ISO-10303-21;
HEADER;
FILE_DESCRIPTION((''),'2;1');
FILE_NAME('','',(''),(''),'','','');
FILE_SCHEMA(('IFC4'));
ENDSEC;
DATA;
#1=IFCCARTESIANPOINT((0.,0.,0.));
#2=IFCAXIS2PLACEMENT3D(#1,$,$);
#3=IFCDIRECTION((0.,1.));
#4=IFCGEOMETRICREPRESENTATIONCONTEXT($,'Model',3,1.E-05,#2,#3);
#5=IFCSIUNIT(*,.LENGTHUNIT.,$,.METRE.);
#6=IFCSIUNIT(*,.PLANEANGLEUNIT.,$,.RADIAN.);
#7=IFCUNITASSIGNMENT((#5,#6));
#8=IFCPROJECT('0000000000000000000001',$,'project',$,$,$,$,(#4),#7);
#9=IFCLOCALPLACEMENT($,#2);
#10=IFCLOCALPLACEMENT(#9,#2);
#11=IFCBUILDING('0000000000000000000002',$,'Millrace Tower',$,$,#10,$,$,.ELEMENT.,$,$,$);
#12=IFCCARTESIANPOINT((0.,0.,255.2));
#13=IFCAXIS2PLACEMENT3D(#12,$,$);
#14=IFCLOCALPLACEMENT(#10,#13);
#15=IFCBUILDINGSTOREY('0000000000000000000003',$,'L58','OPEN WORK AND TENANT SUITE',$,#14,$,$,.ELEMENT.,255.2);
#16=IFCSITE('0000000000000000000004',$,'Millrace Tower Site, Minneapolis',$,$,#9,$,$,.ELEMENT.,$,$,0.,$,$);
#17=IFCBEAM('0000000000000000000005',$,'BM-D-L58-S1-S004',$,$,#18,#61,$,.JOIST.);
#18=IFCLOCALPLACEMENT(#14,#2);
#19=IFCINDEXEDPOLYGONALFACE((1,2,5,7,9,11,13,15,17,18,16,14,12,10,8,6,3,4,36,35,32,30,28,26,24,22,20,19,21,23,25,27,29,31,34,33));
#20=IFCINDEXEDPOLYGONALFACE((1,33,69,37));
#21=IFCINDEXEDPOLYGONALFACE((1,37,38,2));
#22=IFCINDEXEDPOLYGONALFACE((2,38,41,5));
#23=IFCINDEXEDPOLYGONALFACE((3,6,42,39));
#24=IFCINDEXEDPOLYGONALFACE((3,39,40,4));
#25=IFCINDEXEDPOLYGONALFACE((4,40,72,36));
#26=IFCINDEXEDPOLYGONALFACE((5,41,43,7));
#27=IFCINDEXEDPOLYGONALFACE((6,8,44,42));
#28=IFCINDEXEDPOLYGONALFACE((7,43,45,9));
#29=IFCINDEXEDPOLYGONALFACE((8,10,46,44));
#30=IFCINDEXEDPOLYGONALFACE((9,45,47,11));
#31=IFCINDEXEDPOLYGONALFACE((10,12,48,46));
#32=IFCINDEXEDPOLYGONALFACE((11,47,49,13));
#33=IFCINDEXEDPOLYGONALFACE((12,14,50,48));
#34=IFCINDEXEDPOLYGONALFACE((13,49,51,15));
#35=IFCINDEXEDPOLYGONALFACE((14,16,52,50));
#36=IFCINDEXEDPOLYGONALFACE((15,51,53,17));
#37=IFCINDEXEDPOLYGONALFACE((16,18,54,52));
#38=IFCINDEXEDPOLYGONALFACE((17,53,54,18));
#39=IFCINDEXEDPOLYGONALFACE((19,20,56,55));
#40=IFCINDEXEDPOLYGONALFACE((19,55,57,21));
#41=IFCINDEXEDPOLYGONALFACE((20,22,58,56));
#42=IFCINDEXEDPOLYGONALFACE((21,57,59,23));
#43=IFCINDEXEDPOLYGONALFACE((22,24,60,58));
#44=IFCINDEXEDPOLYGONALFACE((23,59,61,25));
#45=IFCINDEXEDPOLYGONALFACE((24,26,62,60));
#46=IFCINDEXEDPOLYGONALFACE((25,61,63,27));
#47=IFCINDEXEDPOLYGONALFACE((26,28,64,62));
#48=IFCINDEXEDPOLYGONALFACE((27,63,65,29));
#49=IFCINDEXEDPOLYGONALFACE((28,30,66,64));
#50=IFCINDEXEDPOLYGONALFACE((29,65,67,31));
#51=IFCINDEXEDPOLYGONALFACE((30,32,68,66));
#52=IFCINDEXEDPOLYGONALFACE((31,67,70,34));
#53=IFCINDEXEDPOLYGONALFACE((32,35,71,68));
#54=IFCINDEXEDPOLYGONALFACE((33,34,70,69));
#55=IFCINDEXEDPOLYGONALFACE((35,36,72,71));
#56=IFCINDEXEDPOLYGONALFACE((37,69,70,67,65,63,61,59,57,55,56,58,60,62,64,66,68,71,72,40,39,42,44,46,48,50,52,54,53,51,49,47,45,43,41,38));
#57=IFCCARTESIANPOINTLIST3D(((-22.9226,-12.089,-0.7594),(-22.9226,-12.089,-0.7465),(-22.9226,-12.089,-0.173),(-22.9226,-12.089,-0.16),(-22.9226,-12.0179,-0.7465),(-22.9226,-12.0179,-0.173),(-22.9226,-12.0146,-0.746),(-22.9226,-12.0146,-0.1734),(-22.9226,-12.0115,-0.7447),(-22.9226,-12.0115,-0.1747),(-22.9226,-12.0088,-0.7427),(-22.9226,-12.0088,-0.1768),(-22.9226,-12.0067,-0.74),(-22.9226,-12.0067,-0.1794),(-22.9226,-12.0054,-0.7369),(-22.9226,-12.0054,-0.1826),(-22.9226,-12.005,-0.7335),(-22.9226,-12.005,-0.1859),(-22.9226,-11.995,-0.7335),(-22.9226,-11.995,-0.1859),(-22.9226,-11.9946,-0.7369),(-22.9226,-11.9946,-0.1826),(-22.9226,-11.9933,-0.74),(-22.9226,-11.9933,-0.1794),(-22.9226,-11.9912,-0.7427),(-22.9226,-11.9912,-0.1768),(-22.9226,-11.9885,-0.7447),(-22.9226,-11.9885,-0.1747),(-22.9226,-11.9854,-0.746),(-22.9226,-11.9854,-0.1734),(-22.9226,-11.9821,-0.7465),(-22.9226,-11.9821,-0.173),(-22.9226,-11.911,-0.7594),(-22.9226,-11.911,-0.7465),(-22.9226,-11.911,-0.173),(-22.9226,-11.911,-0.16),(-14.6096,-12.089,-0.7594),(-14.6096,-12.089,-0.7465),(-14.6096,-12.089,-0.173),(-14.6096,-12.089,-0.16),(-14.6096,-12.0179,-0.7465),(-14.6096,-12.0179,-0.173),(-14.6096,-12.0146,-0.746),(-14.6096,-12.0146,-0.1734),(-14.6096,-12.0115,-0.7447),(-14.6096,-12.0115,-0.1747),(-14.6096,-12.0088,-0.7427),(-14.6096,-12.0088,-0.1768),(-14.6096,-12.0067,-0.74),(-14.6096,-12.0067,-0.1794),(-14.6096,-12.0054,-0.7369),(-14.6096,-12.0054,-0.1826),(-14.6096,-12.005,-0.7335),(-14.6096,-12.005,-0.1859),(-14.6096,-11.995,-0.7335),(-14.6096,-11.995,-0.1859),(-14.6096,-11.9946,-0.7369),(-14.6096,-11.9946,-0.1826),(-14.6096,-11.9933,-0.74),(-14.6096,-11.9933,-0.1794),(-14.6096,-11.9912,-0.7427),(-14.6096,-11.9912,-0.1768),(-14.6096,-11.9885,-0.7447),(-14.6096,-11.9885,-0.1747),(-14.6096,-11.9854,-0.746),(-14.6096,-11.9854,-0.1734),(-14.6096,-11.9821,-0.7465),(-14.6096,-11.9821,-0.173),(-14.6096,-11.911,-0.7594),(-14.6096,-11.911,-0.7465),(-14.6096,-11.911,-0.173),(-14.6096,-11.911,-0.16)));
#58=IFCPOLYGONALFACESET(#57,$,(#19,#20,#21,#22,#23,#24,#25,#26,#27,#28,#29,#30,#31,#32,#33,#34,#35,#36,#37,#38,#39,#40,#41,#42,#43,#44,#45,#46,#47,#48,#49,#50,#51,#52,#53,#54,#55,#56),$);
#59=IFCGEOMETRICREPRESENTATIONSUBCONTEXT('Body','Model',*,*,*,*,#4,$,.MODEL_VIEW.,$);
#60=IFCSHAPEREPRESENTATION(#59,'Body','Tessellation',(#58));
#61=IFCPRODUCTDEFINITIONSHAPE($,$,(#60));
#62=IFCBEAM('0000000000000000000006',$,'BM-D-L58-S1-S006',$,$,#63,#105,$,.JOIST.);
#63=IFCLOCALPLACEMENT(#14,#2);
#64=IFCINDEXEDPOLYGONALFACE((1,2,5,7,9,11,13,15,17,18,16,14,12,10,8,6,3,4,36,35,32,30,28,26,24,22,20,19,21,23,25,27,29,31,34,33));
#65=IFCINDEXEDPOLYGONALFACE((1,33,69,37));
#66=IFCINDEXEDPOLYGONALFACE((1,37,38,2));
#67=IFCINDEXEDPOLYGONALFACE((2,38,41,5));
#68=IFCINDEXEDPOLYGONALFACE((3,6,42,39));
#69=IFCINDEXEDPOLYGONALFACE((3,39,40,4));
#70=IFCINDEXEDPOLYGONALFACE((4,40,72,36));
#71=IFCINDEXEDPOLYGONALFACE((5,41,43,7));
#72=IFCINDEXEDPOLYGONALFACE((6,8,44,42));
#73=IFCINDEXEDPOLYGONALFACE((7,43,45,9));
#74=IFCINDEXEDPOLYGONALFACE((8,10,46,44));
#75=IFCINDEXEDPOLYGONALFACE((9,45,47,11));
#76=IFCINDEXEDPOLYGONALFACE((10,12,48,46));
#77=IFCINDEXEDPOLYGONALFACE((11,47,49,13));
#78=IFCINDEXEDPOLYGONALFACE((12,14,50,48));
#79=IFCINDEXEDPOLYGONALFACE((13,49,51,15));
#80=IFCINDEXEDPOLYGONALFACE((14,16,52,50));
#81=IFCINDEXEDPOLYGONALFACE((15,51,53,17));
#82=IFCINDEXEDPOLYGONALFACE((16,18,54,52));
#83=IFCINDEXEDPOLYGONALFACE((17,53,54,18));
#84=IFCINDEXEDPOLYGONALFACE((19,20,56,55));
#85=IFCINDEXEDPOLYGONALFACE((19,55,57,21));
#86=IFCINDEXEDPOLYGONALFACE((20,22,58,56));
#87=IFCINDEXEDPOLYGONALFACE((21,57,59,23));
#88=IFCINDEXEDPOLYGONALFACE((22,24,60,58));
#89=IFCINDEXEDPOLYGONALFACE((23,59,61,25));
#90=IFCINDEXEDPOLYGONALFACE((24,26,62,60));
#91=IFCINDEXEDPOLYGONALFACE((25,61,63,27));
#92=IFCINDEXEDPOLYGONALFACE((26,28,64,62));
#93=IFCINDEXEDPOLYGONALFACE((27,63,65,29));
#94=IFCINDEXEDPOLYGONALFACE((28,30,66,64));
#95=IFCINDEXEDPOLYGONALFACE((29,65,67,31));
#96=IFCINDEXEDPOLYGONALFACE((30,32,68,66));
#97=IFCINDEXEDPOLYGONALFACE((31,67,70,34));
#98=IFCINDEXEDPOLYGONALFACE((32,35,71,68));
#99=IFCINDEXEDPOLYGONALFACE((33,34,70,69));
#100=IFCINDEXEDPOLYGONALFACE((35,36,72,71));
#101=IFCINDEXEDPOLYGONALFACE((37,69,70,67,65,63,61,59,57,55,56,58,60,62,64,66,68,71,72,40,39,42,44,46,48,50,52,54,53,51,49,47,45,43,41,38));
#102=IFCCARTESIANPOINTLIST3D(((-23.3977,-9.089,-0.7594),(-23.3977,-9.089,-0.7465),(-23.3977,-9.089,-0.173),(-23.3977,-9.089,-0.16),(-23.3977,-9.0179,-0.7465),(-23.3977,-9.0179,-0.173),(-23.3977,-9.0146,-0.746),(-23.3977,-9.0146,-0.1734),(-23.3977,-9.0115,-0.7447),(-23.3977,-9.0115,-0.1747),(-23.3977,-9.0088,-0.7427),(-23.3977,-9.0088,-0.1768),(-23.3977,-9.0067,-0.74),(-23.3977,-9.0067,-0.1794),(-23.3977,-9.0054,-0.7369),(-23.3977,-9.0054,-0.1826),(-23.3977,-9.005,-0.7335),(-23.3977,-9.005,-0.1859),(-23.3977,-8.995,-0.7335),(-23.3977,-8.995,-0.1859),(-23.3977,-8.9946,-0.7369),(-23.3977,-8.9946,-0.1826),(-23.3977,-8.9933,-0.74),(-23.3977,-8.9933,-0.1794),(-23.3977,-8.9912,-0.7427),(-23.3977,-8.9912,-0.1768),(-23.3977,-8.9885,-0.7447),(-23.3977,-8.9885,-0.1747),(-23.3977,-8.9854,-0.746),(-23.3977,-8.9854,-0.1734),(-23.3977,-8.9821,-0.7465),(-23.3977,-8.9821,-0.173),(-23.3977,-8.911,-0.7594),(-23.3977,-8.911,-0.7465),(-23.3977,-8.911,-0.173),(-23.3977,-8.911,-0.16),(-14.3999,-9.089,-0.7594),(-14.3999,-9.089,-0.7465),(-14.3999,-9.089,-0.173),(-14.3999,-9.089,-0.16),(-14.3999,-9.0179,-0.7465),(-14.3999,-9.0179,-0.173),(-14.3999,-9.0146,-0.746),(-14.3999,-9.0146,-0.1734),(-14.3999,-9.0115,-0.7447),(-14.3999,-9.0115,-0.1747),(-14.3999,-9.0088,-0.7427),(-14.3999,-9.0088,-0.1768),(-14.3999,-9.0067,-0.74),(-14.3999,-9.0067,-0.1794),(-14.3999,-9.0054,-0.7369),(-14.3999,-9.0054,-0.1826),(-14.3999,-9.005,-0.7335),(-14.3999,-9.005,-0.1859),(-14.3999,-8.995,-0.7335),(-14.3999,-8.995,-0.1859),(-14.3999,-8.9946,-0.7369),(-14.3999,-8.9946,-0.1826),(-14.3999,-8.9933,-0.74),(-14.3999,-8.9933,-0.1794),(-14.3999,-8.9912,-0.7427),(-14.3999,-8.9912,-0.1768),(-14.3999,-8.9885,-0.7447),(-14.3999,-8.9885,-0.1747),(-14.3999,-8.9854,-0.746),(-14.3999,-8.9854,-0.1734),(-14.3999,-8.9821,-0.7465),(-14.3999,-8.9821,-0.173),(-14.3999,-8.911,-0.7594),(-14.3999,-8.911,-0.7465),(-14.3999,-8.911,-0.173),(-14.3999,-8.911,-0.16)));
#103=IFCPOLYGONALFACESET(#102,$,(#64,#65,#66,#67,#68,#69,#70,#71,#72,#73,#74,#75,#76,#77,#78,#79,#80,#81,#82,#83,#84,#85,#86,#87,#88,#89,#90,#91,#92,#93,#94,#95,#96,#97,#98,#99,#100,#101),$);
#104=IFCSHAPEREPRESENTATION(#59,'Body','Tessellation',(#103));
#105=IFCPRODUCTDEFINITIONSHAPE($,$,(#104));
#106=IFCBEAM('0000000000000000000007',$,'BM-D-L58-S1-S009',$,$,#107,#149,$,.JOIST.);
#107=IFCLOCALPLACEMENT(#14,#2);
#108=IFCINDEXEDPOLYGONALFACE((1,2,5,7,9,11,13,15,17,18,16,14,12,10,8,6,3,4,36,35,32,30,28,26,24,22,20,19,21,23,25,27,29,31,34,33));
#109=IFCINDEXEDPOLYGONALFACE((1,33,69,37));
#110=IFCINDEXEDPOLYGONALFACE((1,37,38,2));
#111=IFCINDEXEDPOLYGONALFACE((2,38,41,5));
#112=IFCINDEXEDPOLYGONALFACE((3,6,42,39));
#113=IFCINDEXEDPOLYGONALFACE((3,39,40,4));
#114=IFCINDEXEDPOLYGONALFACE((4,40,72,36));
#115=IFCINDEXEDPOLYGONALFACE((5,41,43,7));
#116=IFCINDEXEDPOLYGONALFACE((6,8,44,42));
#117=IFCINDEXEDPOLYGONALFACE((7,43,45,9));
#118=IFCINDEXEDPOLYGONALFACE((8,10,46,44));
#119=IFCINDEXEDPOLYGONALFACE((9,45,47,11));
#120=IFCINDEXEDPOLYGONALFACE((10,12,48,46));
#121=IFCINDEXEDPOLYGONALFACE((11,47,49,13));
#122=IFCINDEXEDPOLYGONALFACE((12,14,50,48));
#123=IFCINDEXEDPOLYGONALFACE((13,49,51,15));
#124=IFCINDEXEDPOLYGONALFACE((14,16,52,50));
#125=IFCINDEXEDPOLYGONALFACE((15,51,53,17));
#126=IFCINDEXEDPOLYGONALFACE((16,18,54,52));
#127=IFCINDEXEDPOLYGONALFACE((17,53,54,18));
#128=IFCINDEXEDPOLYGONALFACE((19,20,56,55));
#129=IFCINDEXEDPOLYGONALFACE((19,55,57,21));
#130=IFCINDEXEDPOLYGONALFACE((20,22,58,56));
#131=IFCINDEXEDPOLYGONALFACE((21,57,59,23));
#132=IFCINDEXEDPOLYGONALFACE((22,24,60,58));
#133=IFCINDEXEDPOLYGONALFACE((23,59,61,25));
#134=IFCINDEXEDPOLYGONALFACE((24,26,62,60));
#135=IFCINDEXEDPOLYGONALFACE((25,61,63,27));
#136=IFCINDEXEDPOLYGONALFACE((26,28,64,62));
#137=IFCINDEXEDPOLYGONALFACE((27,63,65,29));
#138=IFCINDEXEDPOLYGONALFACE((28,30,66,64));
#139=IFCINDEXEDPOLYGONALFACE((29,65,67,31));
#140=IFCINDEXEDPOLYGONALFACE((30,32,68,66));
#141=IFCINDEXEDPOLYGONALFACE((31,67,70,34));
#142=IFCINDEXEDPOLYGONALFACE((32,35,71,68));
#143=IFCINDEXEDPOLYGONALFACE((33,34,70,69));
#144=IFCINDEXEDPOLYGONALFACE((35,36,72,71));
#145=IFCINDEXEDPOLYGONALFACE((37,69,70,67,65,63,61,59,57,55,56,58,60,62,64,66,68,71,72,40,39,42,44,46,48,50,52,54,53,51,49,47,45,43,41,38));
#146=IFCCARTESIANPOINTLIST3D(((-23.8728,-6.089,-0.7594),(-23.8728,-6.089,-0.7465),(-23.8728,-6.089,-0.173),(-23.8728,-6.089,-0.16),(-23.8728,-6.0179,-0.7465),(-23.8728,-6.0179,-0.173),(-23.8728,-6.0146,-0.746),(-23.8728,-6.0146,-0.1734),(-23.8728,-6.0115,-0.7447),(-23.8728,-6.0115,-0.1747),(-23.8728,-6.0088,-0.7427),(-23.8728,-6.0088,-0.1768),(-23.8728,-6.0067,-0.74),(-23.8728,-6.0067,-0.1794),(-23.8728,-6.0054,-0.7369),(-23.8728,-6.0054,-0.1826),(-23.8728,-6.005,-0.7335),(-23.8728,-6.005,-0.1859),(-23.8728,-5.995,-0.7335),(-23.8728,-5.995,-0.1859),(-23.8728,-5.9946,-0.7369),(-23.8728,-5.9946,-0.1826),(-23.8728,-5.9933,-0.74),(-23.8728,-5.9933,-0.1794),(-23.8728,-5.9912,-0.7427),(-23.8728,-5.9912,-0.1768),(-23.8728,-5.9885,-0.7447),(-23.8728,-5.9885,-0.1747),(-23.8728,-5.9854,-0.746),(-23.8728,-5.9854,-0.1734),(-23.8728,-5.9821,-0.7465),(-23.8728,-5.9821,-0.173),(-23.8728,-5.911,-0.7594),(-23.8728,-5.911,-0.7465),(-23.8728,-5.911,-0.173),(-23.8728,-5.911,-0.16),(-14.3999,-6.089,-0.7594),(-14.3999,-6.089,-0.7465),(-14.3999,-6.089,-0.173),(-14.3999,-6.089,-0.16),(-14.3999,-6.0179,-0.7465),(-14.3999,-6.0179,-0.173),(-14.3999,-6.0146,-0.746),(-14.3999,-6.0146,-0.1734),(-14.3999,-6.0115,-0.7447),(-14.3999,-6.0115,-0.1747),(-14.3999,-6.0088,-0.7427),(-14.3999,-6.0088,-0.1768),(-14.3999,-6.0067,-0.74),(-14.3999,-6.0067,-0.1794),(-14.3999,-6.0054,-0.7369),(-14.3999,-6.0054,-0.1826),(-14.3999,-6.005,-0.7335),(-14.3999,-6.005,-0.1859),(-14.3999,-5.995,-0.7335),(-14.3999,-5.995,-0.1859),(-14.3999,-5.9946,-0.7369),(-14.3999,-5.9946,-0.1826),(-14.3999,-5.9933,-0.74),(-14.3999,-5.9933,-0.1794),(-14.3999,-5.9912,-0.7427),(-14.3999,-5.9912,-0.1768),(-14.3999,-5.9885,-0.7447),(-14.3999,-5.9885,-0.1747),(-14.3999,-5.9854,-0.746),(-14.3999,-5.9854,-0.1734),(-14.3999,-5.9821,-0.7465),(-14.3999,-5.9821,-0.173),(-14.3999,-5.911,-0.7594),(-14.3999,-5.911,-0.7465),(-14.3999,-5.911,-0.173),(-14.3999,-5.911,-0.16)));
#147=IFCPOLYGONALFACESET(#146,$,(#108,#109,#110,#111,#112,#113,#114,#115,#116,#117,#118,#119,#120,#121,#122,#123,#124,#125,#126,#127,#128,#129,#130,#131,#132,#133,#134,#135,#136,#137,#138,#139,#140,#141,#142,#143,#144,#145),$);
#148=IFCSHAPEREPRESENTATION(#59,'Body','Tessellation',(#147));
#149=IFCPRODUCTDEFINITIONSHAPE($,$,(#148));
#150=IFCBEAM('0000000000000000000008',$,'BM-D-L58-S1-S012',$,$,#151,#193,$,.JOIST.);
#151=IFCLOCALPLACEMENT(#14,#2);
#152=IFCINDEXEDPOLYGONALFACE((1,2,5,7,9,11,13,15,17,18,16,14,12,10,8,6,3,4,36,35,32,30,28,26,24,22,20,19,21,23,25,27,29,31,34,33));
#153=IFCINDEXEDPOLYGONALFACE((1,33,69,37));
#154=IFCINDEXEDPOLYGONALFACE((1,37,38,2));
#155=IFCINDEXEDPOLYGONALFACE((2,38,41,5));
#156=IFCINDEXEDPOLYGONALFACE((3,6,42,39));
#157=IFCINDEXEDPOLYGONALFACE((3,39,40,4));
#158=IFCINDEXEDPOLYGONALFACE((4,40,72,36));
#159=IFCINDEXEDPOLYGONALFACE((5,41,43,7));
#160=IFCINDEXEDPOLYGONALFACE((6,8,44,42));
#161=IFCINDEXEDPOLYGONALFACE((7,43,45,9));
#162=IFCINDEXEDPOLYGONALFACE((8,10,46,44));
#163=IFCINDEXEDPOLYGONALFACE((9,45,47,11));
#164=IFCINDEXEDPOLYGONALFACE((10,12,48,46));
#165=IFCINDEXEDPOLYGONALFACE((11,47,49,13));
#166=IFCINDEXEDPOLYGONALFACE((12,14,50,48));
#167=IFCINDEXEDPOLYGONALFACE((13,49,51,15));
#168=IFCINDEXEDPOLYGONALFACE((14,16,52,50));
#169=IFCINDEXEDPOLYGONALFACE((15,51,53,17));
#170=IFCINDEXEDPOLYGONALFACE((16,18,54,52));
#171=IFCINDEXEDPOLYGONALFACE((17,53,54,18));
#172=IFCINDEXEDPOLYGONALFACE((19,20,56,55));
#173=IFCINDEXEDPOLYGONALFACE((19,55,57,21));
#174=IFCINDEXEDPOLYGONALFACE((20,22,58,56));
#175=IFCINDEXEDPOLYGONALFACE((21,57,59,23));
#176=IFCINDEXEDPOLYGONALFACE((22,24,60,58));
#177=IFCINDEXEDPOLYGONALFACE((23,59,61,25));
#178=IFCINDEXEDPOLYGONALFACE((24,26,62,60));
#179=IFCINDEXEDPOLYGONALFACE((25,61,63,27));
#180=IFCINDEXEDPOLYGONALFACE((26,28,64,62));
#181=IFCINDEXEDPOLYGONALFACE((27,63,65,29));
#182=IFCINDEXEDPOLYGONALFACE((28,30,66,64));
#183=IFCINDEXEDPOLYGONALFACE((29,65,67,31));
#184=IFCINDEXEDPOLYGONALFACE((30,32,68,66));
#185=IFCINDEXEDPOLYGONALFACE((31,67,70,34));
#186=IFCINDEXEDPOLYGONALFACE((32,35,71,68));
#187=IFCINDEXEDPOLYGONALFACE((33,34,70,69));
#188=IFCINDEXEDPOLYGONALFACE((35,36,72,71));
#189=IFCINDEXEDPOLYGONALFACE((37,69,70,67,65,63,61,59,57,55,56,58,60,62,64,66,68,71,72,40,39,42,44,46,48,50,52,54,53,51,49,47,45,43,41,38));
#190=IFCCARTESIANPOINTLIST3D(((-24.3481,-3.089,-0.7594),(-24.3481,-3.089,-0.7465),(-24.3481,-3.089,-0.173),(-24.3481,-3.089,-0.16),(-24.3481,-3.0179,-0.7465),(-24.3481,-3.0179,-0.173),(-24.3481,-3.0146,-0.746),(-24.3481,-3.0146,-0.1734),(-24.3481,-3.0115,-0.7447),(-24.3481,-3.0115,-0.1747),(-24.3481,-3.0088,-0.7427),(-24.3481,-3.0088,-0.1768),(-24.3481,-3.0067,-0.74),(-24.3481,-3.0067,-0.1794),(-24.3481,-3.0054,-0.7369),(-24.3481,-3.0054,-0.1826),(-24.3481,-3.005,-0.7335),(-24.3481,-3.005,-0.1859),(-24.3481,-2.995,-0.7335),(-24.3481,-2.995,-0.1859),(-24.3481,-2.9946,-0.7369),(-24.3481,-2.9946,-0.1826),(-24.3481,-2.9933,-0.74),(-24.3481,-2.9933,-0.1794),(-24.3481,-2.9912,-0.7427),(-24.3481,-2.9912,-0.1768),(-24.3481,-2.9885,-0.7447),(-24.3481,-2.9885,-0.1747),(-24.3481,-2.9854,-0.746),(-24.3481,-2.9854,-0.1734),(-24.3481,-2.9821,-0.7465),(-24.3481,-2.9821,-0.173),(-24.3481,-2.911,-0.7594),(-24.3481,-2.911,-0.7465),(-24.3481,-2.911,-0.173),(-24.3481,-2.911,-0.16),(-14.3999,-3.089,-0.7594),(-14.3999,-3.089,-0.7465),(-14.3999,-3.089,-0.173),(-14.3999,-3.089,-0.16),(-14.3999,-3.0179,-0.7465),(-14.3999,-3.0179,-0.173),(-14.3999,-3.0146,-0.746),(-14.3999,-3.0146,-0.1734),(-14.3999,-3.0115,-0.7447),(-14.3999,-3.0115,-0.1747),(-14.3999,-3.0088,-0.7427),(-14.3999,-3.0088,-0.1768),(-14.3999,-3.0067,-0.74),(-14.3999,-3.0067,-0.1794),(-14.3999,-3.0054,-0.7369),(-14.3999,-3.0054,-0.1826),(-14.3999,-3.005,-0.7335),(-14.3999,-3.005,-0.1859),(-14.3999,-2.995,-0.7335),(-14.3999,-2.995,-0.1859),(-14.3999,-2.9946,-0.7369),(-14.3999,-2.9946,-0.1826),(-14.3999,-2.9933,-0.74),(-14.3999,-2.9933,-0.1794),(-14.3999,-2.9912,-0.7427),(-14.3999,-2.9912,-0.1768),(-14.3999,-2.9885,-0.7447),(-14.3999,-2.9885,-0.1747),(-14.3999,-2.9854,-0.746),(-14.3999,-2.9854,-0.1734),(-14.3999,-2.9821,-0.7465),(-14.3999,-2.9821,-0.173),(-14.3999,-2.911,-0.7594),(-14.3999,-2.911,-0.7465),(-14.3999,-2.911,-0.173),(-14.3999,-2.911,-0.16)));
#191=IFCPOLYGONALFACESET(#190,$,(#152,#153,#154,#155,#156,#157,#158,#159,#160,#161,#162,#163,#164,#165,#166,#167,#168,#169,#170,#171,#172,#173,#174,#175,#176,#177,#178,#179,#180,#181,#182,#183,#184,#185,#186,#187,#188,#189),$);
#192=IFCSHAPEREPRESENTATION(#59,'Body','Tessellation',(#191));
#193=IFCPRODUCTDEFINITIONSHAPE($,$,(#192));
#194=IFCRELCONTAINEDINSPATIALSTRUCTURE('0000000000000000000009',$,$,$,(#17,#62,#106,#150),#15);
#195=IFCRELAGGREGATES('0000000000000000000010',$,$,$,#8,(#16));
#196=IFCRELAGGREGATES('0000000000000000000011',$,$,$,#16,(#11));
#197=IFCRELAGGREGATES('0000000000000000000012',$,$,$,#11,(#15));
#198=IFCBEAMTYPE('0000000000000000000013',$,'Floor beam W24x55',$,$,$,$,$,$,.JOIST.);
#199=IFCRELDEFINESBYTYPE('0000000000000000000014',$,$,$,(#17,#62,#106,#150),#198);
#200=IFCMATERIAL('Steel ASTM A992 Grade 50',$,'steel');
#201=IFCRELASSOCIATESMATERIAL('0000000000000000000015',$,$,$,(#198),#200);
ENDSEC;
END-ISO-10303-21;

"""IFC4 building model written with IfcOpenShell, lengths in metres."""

from ifc_helpers import new_model, si_unit, direction, frame, origin, origin_2d, place, context, subcontext, project, spatial, i_section, extrude, material, material_profile, profile_set, type_object, element, save


model = new_model("IFC4")

# Units and contexts
model_context = context("Model", 3, precision=1e-05, world=origin(), true_north=direction((0.0, 1.0)))
body_context = subcontext(model_context, "Body", "Model", "MODEL_VIEW")
ifc_project = project(units=[si_unit("LENGTHUNIT", "METRE"), si_unit("PLANEANGLEUNIT", "RADIAN")], contexts=[model_context])

# Site, building, storey
site_placement = place(None, origin())
site = spatial("IfcSite", under=ifc_project, at=site_placement, Name="Millrace Tower Site, Minneapolis", CompositionType="ELEMENT", RefElevation=0.0)
building_placement = place(site_placement, origin())
building = spatial("IfcBuilding", under=site, at=building_placement, Name="Millrace Tower", CompositionType="ELEMENT")
storey_placement = place(building_placement, frame((0.0, 0.0, 255.2)))
storey = spatial("IfcBuildingStorey", under=building, at=storey_placement, Name="L58", Description="OPEN WORK AND TENANT SUITE", CompositionType="ELEMENT", Elevation=255.2)

# Beams
ifc_material_1 = material(Name="Steel ASTM A992 Grade 50", Category="steel")
ifc_material_profile_1 = material_profile(ifc_material_1, i_section(OverallWidth=0.178, OverallDepth=0.5994, WebThickness=0.01, FlangeThickness=0.0129, FilletRadius=0.0129, at=origin_2d()))
ifc_profile_set_1 = profile_set([ifc_material_profile_1], Name="Steel ASTM A992 Grade 50")
beam_type_1 = type_object("IfcBeamType", Name="Floor beam W24x55", PredefinedType="JOIST", material=ifc_profile_set_1)
beam_1_placement = place(storey_placement, frame((-22.9226, -12.0, -0.4597), z_axis=(1.0, 0.0, 0.0), x_axis=(0.0, 1.0, 0.0)))
element("IfcBeam", 1, at=beam_1_placement, inside=storey, type_object=beam_type_1, Name="BM-D-L58-S1-S004", PredefinedType="JOIST", context=body_context, shape_type="SweptSolid", body=[
    extrude(i_section(OverallWidth=0.178, OverallDepth=0.5994, WebThickness=0.01, FlangeThickness=0.0129, FilletRadius=0.0129, at=origin_2d()), origin(), (0.0, 0.0, 1.0), 8.313),
])
beam_2_placement = place(storey_placement, frame((-23.3977, -9.0, -0.4597), z_axis=(1.0, 0.0, 0.0), x_axis=(0.0, 1.0, 0.0)))
element("IfcBeam", 2, at=beam_2_placement, inside=storey, type_object=beam_type_1, Name="BM-D-L58-S1-S006", PredefinedType="JOIST", context=body_context, shape_type="SweptSolid", body=[
    extrude(i_section(OverallWidth=0.178, OverallDepth=0.5994, WebThickness=0.01, FlangeThickness=0.0129, FilletRadius=0.0129, at=origin_2d()), origin(), (0.0, 0.0, 1.0), 8.9978),
])
beam_3_placement = place(storey_placement, frame((-23.8728, -6.0, -0.4597), z_axis=(1.0, 0.0, 0.0), x_axis=(0.0, 1.0, 0.0)))
element("IfcBeam", 3, at=beam_3_placement, inside=storey, type_object=beam_type_1, Name="BM-D-L58-S1-S009", PredefinedType="JOIST", context=body_context, shape_type="SweptSolid", body=[
    extrude(i_section(OverallWidth=0.178, OverallDepth=0.5994, WebThickness=0.01, FlangeThickness=0.0129, FilletRadius=0.0129, at=origin_2d()), origin(), (0.0, 0.0, 1.0), 9.4729),
])
beam_4_placement = place(storey_placement, frame((-24.3481, -3.0, -0.4597), z_axis=(1.0, 0.0, 0.0), x_axis=(0.0, 1.0, 0.0)))
element("IfcBeam", 4, at=beam_4_placement, inside=storey, type_object=beam_type_1, Name="BM-D-L58-S1-S012", PredefinedType="JOIST", context=body_context, shape_type="SweptSolid", body=[
    extrude(i_section(OverallWidth=0.178, OverallDepth=0.5994, WebThickness=0.01, FlangeThickness=0.0129, FilletRadius=0.0129, at=origin_2d()), origin(), (0.0, 0.0, 1.0), 9.9482),
])

save(model, "model.ifc")
